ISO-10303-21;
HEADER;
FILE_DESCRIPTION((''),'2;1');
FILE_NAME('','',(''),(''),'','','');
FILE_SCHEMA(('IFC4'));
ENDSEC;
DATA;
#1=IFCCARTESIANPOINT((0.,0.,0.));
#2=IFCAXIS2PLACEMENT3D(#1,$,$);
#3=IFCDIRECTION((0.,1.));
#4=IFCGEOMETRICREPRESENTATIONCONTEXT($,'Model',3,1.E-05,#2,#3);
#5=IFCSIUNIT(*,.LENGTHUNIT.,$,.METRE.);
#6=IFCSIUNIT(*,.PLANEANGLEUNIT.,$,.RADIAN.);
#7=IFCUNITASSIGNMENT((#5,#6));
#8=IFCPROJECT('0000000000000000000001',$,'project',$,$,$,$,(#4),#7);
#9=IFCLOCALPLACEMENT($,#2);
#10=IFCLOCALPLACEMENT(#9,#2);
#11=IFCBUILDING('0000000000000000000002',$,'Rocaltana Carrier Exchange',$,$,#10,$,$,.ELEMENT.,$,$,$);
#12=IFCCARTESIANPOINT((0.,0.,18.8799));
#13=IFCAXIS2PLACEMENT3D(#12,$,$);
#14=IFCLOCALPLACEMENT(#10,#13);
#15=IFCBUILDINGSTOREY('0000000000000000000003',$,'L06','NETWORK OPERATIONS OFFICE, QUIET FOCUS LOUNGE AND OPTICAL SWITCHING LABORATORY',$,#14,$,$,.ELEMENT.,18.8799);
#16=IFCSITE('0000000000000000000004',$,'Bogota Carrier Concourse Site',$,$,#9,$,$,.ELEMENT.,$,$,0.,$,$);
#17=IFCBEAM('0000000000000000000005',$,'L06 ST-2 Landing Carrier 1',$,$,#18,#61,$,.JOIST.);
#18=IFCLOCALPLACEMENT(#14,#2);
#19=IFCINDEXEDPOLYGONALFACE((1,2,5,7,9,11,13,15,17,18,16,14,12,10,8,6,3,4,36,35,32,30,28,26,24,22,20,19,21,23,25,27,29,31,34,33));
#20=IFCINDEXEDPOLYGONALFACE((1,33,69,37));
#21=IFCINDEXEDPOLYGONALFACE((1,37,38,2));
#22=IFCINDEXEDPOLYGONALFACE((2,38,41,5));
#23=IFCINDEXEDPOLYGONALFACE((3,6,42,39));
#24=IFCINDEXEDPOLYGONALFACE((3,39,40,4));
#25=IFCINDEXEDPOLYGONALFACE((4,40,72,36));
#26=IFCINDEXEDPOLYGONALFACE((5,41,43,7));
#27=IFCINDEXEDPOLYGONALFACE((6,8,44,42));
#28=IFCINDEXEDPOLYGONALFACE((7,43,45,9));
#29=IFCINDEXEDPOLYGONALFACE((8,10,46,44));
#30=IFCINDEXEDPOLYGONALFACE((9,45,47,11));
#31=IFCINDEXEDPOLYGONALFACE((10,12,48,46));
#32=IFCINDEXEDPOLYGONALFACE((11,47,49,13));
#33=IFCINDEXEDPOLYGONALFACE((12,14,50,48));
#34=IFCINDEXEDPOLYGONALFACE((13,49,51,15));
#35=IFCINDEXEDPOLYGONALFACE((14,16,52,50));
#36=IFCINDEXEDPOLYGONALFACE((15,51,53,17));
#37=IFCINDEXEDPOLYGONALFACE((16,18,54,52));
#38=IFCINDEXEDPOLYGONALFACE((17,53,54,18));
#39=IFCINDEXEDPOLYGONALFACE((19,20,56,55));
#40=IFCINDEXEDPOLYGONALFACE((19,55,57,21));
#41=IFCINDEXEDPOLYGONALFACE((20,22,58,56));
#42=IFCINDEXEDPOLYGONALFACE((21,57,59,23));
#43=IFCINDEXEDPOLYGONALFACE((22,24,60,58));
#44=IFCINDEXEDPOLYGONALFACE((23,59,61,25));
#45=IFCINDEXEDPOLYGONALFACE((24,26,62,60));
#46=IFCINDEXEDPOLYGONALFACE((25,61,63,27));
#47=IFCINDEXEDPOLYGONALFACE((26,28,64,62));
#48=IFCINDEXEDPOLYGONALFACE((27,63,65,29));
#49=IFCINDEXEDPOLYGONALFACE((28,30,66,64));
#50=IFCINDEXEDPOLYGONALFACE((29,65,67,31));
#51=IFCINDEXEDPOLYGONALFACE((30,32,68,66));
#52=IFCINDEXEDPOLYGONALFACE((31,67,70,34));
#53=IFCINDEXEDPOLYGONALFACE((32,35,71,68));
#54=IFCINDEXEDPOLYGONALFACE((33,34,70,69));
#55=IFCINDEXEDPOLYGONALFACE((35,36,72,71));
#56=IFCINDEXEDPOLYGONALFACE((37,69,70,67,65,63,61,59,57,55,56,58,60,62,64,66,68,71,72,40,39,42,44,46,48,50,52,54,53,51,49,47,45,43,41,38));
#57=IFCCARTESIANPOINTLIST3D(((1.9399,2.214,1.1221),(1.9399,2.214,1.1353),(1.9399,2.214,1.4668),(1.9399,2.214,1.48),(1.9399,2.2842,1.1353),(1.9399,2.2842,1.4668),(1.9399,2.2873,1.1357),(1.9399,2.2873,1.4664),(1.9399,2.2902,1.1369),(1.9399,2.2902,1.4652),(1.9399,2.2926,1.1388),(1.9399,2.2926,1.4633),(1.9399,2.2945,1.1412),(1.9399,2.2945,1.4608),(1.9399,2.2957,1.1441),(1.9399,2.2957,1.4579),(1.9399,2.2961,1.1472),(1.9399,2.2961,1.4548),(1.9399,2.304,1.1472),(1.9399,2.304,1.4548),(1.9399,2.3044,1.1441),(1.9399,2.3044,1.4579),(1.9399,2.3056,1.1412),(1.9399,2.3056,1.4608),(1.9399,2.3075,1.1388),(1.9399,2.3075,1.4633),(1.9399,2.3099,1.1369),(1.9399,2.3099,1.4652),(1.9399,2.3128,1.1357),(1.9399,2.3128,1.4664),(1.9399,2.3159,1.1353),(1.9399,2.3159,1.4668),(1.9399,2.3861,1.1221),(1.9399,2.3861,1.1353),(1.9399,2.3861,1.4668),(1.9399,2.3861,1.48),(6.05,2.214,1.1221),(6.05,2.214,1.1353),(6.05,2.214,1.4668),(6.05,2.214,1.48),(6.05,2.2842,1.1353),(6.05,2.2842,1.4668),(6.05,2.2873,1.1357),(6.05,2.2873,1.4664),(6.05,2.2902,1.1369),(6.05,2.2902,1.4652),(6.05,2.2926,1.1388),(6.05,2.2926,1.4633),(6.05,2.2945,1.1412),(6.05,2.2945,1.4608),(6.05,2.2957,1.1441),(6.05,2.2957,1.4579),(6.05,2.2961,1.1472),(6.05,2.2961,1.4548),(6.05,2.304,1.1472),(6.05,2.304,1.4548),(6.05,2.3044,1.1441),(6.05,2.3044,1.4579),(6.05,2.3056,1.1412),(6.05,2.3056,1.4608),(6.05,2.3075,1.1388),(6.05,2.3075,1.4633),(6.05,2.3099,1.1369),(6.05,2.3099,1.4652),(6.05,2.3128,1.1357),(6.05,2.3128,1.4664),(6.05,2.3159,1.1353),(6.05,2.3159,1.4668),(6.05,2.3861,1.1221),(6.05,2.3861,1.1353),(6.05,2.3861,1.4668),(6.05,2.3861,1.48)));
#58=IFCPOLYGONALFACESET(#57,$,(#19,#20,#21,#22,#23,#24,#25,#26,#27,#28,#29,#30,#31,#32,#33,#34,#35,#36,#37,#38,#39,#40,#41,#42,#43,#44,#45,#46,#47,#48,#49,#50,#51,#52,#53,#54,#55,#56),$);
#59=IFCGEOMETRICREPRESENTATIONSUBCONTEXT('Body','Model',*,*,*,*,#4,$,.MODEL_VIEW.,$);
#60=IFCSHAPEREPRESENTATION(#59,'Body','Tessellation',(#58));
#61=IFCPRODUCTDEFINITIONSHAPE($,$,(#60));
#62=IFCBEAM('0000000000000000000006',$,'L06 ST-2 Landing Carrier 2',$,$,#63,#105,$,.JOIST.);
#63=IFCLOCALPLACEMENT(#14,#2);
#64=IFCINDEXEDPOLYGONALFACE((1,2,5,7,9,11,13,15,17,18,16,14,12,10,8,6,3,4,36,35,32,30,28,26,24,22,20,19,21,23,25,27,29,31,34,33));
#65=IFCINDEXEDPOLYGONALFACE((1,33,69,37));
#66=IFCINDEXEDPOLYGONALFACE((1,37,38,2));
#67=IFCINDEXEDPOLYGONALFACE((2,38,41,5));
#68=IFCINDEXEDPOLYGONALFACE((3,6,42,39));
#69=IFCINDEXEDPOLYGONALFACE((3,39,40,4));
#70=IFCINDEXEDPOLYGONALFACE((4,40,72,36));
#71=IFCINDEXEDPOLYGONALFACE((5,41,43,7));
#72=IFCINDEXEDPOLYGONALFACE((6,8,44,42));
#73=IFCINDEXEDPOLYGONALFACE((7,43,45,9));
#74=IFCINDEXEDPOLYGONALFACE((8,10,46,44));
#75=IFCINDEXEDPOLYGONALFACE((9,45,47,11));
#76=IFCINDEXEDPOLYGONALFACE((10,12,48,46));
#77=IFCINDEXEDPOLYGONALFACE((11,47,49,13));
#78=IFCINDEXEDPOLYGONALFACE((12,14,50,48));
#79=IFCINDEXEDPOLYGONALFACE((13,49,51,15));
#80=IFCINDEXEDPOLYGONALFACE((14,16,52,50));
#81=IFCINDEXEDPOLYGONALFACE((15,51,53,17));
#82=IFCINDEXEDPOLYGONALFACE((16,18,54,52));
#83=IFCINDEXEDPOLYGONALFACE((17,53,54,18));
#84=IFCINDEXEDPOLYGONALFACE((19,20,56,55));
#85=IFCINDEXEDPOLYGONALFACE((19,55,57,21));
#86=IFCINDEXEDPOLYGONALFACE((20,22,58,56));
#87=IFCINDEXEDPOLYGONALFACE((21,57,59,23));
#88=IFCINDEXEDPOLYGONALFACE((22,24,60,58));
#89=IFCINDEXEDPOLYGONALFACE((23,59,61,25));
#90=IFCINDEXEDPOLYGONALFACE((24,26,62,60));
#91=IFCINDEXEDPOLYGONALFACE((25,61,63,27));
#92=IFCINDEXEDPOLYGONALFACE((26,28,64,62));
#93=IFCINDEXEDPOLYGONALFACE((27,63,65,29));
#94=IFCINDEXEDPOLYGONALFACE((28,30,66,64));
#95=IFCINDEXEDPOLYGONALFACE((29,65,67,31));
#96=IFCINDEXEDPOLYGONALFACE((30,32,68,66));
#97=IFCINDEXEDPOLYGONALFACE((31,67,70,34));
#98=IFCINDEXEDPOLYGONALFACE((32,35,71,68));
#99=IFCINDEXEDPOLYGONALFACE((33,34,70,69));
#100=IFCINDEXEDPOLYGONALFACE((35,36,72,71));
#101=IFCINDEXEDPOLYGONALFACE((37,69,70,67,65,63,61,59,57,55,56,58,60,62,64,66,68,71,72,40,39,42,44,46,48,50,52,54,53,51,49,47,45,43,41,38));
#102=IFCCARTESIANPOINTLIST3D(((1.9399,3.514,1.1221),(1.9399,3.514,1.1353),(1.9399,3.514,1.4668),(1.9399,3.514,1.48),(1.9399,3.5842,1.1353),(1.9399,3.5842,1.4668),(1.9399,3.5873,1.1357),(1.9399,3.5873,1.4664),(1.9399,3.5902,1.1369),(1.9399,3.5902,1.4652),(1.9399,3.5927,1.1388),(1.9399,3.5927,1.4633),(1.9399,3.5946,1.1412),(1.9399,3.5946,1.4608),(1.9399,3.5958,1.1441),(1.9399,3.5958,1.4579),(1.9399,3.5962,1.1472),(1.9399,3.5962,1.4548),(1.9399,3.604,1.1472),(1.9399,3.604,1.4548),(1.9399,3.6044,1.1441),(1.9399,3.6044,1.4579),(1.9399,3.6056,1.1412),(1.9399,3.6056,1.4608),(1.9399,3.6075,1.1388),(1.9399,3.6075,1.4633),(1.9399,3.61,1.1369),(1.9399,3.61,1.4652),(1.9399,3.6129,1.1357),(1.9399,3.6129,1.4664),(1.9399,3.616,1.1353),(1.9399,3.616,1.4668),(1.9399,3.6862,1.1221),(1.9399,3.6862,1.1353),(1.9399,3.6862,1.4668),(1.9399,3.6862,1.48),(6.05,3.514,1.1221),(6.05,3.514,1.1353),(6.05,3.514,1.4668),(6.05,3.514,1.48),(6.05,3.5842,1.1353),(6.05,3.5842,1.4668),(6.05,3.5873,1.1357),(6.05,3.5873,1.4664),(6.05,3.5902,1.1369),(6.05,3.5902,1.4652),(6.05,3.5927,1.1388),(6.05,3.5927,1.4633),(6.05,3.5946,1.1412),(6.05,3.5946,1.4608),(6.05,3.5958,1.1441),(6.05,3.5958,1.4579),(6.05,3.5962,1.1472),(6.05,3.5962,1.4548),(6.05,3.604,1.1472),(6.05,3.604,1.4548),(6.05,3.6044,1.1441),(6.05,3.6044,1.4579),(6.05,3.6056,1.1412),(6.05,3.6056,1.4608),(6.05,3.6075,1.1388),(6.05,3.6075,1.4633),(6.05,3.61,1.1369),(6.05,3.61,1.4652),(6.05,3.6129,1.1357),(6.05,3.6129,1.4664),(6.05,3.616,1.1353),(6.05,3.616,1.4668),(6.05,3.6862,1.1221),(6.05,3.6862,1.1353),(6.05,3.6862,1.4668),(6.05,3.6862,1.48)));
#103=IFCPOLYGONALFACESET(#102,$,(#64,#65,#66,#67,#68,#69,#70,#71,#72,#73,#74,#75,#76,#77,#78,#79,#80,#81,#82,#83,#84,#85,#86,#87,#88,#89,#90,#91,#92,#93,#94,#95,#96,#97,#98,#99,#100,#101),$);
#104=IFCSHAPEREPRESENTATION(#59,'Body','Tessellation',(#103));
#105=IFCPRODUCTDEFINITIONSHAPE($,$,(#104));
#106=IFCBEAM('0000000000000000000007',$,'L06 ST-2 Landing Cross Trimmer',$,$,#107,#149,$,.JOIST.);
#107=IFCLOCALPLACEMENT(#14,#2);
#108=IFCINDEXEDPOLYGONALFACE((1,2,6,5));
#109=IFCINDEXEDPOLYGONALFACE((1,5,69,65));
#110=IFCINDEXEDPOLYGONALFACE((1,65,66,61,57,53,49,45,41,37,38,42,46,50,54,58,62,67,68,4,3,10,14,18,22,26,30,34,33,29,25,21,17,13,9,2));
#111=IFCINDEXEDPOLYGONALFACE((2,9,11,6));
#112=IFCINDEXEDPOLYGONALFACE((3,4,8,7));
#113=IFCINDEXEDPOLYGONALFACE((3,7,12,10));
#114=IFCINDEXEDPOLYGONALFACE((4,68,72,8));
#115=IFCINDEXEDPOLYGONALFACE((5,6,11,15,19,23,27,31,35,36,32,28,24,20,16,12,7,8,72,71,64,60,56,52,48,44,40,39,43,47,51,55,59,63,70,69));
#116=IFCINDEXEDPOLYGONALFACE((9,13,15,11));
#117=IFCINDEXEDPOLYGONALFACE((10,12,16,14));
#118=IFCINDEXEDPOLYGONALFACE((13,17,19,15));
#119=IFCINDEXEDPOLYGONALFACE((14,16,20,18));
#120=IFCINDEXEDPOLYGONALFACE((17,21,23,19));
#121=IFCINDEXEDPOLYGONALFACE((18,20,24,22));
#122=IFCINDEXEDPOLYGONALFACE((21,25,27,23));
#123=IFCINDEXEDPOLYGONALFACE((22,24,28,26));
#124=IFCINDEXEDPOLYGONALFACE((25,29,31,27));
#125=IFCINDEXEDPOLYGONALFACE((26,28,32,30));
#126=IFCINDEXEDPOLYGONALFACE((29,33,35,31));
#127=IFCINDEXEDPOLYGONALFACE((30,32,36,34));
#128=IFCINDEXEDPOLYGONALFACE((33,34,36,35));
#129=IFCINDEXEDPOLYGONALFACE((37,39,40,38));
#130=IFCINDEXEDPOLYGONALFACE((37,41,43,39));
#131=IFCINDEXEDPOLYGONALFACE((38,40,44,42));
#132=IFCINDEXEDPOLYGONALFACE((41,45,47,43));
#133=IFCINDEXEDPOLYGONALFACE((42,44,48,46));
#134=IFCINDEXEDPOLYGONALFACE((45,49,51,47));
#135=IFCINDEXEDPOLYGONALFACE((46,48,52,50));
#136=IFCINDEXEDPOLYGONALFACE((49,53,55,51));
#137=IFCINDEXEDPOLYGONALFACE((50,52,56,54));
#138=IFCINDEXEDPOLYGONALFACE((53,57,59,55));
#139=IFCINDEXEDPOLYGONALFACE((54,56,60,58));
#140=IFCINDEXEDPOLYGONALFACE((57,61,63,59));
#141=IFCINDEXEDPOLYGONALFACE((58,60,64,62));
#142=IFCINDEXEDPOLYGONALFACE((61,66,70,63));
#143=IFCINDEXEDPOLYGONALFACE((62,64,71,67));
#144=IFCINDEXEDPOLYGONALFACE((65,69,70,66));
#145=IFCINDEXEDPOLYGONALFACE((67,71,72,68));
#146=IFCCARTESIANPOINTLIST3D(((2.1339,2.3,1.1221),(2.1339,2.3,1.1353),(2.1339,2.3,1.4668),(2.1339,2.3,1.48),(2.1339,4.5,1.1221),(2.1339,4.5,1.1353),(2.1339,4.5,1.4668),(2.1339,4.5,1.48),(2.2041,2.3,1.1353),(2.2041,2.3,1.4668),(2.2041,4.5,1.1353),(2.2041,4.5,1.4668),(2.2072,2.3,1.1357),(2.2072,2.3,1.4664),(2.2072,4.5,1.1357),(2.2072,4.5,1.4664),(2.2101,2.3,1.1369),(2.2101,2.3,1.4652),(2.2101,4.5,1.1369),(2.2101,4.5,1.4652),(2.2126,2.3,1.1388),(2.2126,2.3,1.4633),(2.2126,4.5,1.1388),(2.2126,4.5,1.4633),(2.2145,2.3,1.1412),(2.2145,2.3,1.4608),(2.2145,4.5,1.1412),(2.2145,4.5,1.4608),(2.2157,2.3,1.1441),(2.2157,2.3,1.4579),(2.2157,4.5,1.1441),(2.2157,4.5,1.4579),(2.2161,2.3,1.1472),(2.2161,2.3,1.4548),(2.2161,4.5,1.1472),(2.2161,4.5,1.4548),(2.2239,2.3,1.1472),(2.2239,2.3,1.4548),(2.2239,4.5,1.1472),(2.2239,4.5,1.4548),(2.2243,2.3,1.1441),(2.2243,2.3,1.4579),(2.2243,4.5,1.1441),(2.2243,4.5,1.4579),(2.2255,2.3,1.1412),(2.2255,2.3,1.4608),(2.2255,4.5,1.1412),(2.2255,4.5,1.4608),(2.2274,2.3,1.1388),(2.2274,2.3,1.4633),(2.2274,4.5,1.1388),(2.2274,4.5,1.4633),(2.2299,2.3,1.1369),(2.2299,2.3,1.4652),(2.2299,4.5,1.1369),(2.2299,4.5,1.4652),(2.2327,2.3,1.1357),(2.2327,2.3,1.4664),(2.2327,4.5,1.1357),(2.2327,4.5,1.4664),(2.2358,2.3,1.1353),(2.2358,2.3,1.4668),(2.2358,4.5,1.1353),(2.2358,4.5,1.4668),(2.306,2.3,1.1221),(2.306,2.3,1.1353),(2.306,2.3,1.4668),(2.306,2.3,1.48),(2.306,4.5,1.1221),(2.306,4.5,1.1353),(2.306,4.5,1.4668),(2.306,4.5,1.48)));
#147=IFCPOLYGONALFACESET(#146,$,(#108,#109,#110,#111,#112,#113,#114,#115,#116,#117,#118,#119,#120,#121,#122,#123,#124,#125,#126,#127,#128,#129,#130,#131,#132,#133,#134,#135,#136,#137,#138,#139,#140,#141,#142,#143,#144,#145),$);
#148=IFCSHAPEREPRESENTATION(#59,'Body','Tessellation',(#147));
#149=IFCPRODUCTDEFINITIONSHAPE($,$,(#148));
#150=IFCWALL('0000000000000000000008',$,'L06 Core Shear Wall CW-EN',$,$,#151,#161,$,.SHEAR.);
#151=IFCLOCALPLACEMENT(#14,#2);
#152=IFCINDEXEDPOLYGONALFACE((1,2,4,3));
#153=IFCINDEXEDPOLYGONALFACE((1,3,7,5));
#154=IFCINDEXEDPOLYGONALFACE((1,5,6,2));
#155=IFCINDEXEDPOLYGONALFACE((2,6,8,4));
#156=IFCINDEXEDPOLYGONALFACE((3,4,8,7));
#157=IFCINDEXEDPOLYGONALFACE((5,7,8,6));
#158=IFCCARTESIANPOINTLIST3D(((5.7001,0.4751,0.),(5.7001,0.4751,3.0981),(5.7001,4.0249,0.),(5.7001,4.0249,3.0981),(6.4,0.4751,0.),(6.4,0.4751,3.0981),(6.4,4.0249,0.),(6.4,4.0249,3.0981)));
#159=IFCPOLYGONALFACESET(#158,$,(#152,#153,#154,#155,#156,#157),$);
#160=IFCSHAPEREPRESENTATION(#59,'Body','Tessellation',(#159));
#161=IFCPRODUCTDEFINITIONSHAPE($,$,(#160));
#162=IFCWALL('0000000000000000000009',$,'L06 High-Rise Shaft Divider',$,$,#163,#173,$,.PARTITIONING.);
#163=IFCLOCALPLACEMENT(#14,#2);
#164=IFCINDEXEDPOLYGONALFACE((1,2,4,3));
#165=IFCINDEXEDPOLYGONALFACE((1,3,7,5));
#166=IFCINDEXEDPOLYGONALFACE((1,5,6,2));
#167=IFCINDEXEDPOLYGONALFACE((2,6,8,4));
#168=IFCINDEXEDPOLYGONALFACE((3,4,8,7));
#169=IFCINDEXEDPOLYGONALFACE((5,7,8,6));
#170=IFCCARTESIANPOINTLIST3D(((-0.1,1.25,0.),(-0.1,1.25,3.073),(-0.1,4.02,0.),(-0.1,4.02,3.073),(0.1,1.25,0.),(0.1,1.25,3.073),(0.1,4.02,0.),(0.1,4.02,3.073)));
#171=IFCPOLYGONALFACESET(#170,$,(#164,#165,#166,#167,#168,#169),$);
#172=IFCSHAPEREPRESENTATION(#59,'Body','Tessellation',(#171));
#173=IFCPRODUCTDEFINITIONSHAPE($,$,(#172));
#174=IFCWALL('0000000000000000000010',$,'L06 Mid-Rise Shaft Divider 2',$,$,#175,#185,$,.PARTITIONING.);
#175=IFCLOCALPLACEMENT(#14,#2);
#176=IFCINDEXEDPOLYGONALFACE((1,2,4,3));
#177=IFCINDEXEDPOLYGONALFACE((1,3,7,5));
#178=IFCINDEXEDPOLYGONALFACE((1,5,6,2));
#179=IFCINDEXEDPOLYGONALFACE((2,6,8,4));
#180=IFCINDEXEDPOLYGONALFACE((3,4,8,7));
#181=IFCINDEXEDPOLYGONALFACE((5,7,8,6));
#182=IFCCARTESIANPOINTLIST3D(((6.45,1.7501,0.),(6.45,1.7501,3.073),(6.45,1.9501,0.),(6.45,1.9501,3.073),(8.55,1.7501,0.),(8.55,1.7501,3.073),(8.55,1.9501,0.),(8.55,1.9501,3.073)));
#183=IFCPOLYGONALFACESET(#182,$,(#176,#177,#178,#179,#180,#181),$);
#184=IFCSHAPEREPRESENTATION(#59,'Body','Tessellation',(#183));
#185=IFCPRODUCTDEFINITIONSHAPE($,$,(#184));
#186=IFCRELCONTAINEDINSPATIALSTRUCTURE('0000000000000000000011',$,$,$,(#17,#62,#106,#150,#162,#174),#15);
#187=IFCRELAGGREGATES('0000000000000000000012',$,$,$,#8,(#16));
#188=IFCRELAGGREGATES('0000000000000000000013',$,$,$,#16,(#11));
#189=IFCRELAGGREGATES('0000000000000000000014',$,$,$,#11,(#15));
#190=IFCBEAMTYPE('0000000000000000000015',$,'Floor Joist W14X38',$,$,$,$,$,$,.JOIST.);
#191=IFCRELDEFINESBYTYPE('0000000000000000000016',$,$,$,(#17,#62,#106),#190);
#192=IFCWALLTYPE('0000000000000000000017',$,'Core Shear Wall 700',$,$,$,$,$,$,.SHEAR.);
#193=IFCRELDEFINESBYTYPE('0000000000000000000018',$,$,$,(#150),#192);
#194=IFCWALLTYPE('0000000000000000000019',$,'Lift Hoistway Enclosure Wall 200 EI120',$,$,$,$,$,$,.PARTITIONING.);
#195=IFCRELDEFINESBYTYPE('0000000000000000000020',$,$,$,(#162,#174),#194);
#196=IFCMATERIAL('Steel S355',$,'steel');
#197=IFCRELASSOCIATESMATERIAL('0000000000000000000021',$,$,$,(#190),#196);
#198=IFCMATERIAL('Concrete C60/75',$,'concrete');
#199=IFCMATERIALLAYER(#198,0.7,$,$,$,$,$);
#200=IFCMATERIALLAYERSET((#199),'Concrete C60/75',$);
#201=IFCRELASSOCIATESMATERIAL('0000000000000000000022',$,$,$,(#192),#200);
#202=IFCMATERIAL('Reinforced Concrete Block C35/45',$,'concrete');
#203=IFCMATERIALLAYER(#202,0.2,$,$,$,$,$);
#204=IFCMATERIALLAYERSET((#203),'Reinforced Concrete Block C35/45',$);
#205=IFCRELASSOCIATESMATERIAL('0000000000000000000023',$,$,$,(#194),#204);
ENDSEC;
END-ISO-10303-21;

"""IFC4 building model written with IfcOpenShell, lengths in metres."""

from ifc_helpers import new_model, si_unit, direction, frame, frame_2d, origin, origin_2d, place, context, subcontext, project, spatial, rectangle, i_section, extrude, material, layer, layer_set, material_profile, profile_set, type_object, element, save


model = new_model("IFC4")

# Units and contexts
model_context = context("Model", 3, precision=1e-05, world=origin(), true_north=direction((0.0, 1.0)))
body_context = subcontext(model_context, "Body", "Model", "MODEL_VIEW")
ifc_project = project(units=[si_unit("LENGTHUNIT", "METRE"), si_unit("PLANEANGLEUNIT", "RADIAN")], contexts=[model_context])

# Site, building, storey
site_placement = place(None, origin())
site = spatial("IfcSite", under=ifc_project, at=site_placement, Name="Bogota Carrier Concourse Site", CompositionType="ELEMENT", RefElevation=0.0)
building_placement = place(site_placement, origin())
building = spatial("IfcBuilding", under=site, at=building_placement, Name="Rocaltana Carrier Exchange", CompositionType="ELEMENT")
storey_placement = place(building_placement, frame((0.0, 0.0, 18.8799)))
storey = spatial("IfcBuildingStorey", under=building, at=storey_placement, Name="L06", Description="NETWORK OPERATIONS OFFICE, QUIET FOCUS LOUNGE AND OPTICAL SWITCHING LABORATORY", CompositionType="ELEMENT", Elevation=18.8799)

# Beams
ifc_material_1 = material(Name="Steel S355", Category="steel")
ifc_material_profile = material_profile(ifc_material_1, i_section(OverallWidth=0.1721, OverallDepth=0.3579, WebThickness=0.0078, FlangeThickness=0.0132, FilletRadius=0.012, at=origin_2d()), Name="W14X38")
ifc_profile_set = profile_set([ifc_material_profile], Name="Steel S355")
beam_type = type_object("IfcBeamType", Name="Floor Joist W14X38", PredefinedType="JOIST", material=ifc_profile_set)
for number, where, z_axis, x_axis, name in (
    (1, (1.9399, 2.3, 1.301), (1.0, 0.0, 0.0), (0.0, 1.0, 0.0), "L06 ST-2 Landing Carrier 1"),
    (2, (1.9399, 3.6001, 1.301), (1.0, 0.0, 0.0), (0.0, 1.0, 0.0), "L06 ST-2 Landing Carrier 2"),
):
    element("IfcBeam", number, at=place(storey_placement, frame(where, z_axis=z_axis, x_axis=x_axis)), inside=storey, type_object=beam_type, Name=name, PredefinedType="JOIST", context=body_context, shape_type="SweptSolid", body=[
        extrude(i_section(OverallWidth=0.1721, OverallDepth=0.3579, WebThickness=0.0078, FlangeThickness=0.0132, FilletRadius=0.012, at=origin_2d()), origin(), (0.0, 0.0, 1.0), 4.1101),
    ])
beam_placement = place(storey_placement, frame((2.22, 2.3, 1.301), z_axis=(0.0, 1.0, 0.0), x_axis=(-1.0, 0.0, 0.0)))
element("IfcBeam", 3, at=beam_placement, inside=storey, type_object=beam_type, Name="L06 ST-2 Landing Cross Trimmer", PredefinedType="JOIST", context=body_context, shape_type="SweptSolid", body=[
    extrude(i_section(OverallWidth=0.1721, OverallDepth=0.3579, WebThickness=0.0078, FlangeThickness=0.0132, FilletRadius=0.012, at=origin_2d()), origin(), (0.0, 0.0, 1.0), 2.2),
])

# Walls
ifc_material_2 = material(Name="Concrete C60/75", Category="concrete")
ifc_layer_1 = layer(ifc_material_2, 0.7)
ifc_layer_set_1 = layer_set([ifc_layer_1], Name="Concrete C60/75")
wall_type_1 = type_object("IfcWallType", Name="Core Shear Wall 700", PredefinedType="SHEAR", material=ifc_layer_set_1)
wall_1_placement = place(storey_placement, frame((6.05, 0.4751, 0.0), z_axis=(0.0, 0.0, 1.0), x_axis=(0.0, 1.0, 0.0)))
element("IfcWall", 4, at=wall_1_placement, inside=storey, type_object=wall_type_1, Name="L06 Core Shear Wall CW-EN", PredefinedType="SHEAR", context=body_context, shape_type="SweptSolid", body=[
    extrude(rectangle(XDim=3.5498, YDim=0.7, at=frame_2d((1.7749, 0.0))), origin(), (0.0, 0.0, 1.0), 3.0981),
])
ifc_material_3 = material(Name="Reinforced Concrete Block C35/45", Category="concrete")
ifc_layer_2 = layer(ifc_material_3, 0.2)
ifc_layer_set_2 = layer_set([ifc_layer_2], Name="Reinforced Concrete Block C35/45")
wall_type_2 = type_object("IfcWallType", Name="Lift Hoistway Enclosure Wall 200 EI120", PredefinedType="PARTITIONING", material=ifc_layer_set_2)
wall_2_placement = place(storey_placement, frame((0.0, 1.25, 0.0), z_axis=(0.0, 0.0, 1.0), x_axis=(0.0, 1.0, 0.0)))
element("IfcWall", 5, at=wall_2_placement, inside=storey, type_object=wall_type_2, Name="L06 High-Rise Shaft Divider", PredefinedType="PARTITIONING", context=body_context, shape_type="SweptSolid", body=[
    extrude(rectangle(XDim=2.77, YDim=0.2, at=frame_2d((1.385, 0.0))), origin(), (0.0, 0.0, 1.0), 3.073),
])
wall_3_placement = place(storey_placement, frame((6.45, 1.8501, 0.0), z_axis=(0.0, 0.0, 1.0), x_axis=(1.0, 0.0, 0.0)))
element("IfcWall", 6, at=wall_3_placement, inside=storey, type_object=wall_type_2, Name="L06 Mid-Rise Shaft Divider 2", PredefinedType="PARTITIONING", context=body_context, shape_type="SweptSolid", body=[
    extrude(rectangle(XDim=2.1001, YDim=0.2, at=frame_2d((1.05, 0.0))), origin(), (0.0, 0.0, 1.0), 3.073),
])

save(model, "model.ifc")
